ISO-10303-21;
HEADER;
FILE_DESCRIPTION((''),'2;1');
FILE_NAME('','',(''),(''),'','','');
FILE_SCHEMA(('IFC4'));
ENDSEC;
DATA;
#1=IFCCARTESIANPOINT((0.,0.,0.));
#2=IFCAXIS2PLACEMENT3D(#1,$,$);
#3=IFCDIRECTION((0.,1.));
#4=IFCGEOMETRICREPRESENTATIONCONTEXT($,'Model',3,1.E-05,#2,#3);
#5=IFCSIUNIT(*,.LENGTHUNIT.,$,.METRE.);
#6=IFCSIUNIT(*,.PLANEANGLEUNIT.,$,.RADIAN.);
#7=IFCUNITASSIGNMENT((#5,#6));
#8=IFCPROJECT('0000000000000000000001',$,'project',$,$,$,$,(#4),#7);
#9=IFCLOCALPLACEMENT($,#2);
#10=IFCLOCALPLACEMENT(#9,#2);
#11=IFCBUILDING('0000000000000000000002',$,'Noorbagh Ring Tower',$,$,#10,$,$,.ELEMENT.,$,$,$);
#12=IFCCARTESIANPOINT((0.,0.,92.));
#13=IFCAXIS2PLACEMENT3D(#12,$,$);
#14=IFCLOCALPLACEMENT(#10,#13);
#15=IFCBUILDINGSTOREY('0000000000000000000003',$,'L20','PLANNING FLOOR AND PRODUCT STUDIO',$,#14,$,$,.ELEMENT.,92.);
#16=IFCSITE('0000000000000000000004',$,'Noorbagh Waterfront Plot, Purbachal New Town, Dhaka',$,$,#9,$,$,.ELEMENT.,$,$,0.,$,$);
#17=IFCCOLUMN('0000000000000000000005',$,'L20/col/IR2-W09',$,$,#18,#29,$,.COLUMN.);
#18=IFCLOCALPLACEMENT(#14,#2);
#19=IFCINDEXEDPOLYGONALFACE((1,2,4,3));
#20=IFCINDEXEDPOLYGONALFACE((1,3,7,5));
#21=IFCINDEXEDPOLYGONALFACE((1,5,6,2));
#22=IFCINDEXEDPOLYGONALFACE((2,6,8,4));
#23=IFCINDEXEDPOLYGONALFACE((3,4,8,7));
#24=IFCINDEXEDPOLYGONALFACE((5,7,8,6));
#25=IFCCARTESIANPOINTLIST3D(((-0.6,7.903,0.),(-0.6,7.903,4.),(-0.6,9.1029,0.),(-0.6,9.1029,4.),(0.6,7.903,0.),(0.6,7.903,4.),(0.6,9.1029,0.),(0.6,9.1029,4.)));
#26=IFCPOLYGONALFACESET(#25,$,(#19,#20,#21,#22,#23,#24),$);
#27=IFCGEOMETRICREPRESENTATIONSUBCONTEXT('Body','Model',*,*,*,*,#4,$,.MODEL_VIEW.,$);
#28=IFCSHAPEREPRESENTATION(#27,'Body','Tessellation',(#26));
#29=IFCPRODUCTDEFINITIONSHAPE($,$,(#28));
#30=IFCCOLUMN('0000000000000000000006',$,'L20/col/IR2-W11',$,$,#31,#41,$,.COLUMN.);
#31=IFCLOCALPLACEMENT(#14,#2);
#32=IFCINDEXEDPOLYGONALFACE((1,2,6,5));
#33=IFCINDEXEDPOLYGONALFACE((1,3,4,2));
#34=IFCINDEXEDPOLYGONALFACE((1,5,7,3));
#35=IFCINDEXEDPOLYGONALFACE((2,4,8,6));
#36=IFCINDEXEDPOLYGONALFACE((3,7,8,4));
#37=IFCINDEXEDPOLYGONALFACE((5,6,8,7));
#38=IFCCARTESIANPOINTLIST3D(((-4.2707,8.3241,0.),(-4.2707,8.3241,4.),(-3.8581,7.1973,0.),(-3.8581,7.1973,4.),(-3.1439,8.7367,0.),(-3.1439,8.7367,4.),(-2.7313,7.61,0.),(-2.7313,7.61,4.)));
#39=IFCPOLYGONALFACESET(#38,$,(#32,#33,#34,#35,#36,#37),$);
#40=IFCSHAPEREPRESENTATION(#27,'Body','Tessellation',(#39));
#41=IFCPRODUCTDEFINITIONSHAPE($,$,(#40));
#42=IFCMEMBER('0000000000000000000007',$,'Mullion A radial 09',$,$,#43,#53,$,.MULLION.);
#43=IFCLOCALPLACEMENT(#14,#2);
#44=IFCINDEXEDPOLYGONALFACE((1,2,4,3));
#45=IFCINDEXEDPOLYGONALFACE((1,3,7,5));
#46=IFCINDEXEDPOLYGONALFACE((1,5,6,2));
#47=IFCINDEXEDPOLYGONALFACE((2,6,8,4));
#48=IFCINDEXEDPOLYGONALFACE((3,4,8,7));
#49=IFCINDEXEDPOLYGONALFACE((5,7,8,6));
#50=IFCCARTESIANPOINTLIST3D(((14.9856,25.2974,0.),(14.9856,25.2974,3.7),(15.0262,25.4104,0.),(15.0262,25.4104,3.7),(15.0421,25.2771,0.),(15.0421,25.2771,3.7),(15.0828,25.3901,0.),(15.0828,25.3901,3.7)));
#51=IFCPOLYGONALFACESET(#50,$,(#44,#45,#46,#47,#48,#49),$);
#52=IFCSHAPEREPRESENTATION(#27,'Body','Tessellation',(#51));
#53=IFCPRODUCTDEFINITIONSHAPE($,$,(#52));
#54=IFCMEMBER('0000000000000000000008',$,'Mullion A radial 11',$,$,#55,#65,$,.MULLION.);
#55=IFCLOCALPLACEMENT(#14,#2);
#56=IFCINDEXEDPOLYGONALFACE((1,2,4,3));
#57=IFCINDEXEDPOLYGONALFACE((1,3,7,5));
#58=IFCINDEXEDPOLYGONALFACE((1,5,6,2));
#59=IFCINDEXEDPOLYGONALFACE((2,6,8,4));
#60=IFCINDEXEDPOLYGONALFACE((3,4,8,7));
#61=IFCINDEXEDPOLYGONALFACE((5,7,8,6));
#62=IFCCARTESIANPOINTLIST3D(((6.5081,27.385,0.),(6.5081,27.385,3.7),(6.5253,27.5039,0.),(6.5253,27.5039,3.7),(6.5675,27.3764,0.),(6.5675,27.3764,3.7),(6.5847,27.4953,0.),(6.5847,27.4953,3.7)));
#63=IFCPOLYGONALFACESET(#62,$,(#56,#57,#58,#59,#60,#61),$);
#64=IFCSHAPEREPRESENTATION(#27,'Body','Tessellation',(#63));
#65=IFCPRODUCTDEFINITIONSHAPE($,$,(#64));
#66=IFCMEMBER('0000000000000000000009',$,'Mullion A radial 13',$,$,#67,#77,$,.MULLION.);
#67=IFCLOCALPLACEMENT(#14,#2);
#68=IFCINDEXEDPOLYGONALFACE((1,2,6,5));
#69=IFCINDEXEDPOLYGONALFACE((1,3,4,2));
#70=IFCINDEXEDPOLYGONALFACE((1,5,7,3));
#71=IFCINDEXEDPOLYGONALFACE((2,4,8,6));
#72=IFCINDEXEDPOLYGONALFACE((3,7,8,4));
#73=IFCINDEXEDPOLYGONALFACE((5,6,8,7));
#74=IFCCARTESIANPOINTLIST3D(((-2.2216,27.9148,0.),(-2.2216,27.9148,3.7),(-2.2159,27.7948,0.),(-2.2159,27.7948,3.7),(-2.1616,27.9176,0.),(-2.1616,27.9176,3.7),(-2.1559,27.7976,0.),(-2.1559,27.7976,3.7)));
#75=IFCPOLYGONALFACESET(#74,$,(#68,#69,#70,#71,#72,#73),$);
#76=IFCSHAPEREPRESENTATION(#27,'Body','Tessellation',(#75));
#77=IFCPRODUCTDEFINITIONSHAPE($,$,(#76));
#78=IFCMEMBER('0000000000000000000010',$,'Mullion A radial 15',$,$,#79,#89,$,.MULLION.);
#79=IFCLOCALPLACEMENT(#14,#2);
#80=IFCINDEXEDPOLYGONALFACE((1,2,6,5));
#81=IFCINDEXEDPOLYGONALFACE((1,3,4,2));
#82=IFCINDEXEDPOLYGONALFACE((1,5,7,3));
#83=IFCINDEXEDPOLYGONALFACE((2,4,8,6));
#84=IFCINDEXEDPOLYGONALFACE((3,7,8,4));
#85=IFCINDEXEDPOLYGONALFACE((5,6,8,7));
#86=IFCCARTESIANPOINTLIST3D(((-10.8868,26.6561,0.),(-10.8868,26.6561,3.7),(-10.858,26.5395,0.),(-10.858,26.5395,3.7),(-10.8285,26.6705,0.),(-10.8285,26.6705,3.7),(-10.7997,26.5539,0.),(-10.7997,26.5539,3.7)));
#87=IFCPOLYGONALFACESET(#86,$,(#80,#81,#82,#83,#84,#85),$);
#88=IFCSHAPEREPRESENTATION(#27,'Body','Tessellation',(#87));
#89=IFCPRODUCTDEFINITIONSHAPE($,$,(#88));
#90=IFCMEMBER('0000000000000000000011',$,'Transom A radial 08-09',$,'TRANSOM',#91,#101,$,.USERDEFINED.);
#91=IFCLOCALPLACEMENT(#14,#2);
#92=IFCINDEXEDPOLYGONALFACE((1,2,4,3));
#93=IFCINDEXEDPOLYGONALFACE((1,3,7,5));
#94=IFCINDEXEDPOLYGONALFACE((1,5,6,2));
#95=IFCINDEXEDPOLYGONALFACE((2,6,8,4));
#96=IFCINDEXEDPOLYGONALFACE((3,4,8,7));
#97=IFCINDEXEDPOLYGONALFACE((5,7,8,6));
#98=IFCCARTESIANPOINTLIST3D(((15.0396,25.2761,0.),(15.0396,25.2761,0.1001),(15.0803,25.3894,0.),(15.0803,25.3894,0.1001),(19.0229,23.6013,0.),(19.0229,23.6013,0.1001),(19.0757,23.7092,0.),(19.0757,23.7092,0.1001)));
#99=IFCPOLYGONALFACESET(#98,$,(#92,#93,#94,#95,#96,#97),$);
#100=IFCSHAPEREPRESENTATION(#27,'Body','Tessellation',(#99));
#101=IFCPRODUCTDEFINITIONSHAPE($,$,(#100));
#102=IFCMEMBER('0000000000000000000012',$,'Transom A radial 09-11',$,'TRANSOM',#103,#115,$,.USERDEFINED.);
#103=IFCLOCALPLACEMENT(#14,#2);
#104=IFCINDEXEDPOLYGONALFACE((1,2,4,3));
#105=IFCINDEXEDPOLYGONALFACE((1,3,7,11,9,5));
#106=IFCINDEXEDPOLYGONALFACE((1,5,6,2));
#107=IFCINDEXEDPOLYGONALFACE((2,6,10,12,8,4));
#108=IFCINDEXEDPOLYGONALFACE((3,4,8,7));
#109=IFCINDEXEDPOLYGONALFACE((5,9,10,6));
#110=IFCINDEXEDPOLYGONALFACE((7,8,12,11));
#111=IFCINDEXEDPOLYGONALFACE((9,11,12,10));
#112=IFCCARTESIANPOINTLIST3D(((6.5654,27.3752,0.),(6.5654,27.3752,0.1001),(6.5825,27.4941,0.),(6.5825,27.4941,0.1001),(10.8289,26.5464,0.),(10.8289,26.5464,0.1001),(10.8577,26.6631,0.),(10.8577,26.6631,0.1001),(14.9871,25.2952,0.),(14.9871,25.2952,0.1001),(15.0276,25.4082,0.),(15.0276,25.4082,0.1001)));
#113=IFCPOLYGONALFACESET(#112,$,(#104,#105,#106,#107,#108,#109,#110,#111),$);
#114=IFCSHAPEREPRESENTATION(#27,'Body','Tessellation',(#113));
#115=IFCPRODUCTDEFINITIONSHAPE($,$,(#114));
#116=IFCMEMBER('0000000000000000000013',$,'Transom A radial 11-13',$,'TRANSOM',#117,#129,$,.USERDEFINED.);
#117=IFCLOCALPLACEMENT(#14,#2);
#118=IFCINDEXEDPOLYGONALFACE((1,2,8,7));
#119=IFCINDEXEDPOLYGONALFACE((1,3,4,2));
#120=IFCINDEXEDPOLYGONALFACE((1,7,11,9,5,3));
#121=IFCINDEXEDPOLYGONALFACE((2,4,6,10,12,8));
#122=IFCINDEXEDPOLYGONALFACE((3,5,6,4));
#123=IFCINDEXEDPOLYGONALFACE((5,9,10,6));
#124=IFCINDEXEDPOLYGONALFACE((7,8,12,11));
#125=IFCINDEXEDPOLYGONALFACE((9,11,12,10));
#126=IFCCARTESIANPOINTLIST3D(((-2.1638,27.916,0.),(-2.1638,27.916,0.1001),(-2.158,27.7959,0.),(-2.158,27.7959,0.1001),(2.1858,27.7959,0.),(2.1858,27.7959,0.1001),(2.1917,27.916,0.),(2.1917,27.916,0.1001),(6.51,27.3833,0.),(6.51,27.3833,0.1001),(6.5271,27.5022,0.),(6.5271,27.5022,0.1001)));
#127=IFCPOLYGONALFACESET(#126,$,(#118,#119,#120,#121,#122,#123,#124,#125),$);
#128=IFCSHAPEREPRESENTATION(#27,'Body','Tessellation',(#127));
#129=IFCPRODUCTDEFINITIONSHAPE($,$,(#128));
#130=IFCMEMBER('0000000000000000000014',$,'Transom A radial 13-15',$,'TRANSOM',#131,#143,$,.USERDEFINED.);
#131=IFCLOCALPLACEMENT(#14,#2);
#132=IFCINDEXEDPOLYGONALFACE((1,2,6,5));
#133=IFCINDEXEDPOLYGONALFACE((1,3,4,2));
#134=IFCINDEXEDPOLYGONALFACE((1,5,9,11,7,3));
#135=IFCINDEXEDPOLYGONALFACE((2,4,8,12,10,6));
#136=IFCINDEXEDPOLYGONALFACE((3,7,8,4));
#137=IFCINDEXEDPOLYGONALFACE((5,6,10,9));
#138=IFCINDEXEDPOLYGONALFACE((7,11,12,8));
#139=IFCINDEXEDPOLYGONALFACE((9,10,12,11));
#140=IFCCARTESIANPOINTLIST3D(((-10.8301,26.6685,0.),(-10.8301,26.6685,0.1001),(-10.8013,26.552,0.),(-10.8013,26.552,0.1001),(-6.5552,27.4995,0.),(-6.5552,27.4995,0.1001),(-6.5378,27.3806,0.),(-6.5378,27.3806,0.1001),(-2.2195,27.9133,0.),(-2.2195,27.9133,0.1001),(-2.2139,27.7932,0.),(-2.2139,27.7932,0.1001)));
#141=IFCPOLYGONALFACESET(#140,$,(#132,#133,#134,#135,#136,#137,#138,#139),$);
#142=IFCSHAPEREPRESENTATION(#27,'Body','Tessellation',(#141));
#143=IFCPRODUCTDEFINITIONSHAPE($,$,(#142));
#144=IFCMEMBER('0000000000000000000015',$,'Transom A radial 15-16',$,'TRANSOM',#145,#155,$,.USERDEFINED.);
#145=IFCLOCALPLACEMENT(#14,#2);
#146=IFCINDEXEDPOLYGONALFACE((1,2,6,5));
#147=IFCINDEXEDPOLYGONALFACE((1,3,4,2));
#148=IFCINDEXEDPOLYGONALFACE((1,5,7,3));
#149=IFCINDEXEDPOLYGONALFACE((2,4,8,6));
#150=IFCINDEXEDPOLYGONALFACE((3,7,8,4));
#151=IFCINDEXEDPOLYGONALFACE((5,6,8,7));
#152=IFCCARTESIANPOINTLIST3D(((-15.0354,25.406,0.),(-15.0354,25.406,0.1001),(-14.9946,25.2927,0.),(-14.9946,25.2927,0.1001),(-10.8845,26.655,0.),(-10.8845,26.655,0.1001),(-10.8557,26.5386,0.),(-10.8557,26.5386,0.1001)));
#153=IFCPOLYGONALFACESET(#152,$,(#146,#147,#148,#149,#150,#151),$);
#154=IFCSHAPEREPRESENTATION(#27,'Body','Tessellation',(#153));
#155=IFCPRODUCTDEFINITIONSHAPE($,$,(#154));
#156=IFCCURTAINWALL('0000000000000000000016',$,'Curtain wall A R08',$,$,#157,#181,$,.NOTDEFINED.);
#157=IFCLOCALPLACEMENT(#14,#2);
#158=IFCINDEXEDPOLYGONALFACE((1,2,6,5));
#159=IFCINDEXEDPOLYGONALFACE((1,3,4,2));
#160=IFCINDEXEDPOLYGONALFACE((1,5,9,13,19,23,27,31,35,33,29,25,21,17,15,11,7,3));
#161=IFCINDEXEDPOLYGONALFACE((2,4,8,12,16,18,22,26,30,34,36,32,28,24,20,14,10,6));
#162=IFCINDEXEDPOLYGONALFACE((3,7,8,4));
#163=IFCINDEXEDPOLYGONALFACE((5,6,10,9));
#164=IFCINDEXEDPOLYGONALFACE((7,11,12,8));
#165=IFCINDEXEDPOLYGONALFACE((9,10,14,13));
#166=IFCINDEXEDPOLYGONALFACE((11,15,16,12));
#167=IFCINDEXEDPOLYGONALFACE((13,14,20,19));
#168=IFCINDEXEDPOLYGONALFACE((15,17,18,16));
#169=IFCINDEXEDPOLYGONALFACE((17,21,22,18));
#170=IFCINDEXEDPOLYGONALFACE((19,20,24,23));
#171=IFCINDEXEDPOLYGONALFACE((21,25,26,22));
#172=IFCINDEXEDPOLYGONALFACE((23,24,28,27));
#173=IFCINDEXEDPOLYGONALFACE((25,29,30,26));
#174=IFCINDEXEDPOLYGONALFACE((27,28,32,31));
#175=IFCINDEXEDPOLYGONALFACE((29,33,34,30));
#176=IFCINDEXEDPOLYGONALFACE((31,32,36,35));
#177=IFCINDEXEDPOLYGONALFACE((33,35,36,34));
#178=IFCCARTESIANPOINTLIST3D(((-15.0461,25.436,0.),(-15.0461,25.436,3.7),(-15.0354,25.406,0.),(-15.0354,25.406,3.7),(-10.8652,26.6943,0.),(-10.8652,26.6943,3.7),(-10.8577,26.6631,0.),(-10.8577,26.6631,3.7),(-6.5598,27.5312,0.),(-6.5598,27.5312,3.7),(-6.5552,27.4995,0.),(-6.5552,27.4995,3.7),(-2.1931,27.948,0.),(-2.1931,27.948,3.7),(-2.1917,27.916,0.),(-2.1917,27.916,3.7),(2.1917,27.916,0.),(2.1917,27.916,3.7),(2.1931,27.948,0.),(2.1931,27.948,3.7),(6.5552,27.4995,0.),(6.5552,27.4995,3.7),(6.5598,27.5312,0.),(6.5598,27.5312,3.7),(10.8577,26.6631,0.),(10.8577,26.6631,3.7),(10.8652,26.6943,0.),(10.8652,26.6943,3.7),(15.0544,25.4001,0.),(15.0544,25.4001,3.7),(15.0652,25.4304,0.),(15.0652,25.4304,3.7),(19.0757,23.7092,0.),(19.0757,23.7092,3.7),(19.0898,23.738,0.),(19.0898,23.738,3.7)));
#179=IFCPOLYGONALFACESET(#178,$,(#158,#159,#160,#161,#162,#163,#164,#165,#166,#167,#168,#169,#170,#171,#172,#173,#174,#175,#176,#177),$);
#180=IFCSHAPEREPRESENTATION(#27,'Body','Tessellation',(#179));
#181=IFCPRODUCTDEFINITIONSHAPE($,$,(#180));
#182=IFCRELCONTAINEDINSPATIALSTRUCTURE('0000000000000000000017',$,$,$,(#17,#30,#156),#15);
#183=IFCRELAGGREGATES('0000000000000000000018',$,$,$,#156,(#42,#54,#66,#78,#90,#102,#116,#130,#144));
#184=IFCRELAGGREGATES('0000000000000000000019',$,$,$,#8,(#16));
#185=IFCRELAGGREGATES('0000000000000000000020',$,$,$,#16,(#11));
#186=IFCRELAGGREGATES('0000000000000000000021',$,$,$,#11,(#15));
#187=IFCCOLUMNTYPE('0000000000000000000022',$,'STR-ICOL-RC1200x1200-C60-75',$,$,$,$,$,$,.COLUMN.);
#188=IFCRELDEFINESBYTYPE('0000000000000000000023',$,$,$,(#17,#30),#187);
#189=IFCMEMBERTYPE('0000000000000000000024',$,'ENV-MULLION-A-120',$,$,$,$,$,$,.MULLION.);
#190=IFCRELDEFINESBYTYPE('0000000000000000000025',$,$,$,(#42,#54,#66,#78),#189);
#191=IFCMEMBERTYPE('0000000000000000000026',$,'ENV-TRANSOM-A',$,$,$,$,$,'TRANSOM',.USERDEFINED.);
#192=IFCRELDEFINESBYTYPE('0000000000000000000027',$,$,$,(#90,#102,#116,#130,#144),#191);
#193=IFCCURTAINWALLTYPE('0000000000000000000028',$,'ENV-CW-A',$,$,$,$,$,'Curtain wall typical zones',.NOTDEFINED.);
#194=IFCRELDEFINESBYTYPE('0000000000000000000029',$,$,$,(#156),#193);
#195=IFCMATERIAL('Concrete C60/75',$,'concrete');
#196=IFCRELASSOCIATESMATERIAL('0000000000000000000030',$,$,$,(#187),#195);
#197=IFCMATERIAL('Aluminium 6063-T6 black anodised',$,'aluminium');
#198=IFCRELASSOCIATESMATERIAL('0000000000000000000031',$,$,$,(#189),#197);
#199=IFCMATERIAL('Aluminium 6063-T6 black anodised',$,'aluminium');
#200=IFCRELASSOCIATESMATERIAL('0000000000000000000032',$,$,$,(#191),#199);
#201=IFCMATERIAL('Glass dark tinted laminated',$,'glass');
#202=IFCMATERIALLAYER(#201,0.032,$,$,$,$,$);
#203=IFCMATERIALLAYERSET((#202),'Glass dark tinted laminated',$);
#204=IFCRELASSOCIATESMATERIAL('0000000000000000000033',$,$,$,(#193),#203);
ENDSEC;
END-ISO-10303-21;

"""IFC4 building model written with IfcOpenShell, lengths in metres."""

from ifc_helpers import new_model, si_unit, direction, frame, origin, origin_2d, place, context, subcontext, project, spatial, polyline, rectangle, outline, extrude, material, layer, layer_set, material_profile, profile_set, type_object, element, aggregate, save


model = new_model("IFC4")

# Units and contexts
model_context = context("Model", 3, precision=1e-05, world=origin(), true_north=direction((0.0, 1.0)))
body_context = subcontext(model_context, "Body", "Model", "MODEL_VIEW")
ifc_project = project(units=[si_unit("LENGTHUNIT", "METRE"), si_unit("PLANEANGLEUNIT", "RADIAN")], contexts=[model_context])

# Site, building, storey
site_placement = place(None, origin())
site = spatial("IfcSite", under=ifc_project, at=site_placement, Name="Noorbagh Waterfront Plot, Purbachal New Town, Dhaka", CompositionType="ELEMENT", RefElevation=0.0)
building_placement = place(site_placement, origin())
building = spatial("IfcBuilding", under=site, at=building_placement, Name="Noorbagh Ring Tower", CompositionType="ELEMENT")
storey_placement = place(building_placement, frame((0.0, 0.0, 92.0)))
storey = spatial("IfcBuildingStorey", under=building, at=storey_placement, Name="L20", Description="PLANNING FLOOR AND PRODUCT STUDIO", CompositionType="ELEMENT", Elevation=92.0)

# Columns
ifc_material_1 = material(Name="Concrete C60/75", Category="concrete")
ifc_material_profile_1 = material_profile(ifc_material_1, rectangle(XDim=1.2, YDim=1.2, at=origin_2d()), Name="RC1200x1200")
ifc_profile_set_1 = profile_set([ifc_material_profile_1], Name="Concrete C60/75")
column_type = type_object("IfcColumnType", Name="STR-ICOL-RC1200x1200-C60-75", PredefinedType="COLUMN", material=ifc_profile_set_1)
for number, where, z_axis, x_axis, name in (
    (1, (0.0, 8.5029, 0.0), (0.0, 0.0, 1.0), (-1.0, 0.0, 0.0), "L20/col/IR2-W09"),
    (2, (-3.501, 7.967, 0.0), (0.0, 0.0, 1.0), (-0.93902, -0.343864, 0.0), "L20/col/IR2-W11"),
):
    element("IfcColumn", number, at=place(storey_placement, frame(where, z_axis=z_axis, x_axis=x_axis)), inside=storey, type_object=column_type, Name=name, PredefinedType="COLUMN", context=body_context, shape_type="SweptSolid", body=[
        extrude(rectangle(XDim=1.2, YDim=1.2, at=origin_2d()), origin(), (0.0, 0.0, 1.0), 4.0),
    ])

# Members
ifc_material_2 = material(Name="Aluminium 6063-T6 black anodised", Category="aluminium")
ifc_material_profile_2 = material_profile(ifc_material_2, rectangle(XDim=0.1201, YDim=0.0601, at=origin_2d()), Name="120x60")
ifc_profile_set_2 = profile_set([ifc_material_profile_2], Name="Aluminium 6063-T6 black anodised")
member_type_1 = type_object("IfcMemberType", Name="ENV-MULLION-A-120", PredefinedType="MULLION", material=ifc_profile_set_2)
member_1_placement = place(storey_placement, frame((15.0342, 25.3438, 0.0), z_axis=(0.0, 0.0, 1.0), x_axis=(-0.338379, -0.94101, 0.0)))
member_1 = element("IfcMember", 3, at=member_1_placement, type_object=member_type_1, Name="Mullion A radial 09", PredefinedType="MULLION", context=body_context, shape_type="SweptSolid", body=[
    extrude(rectangle(XDim=0.1201, YDim=0.0601, at=origin_2d()), origin(), (0.0, 0.0, 1.0), 3.7),
])
member_2_placement = place(storey_placement, frame((6.5464, 27.4402, 0.0), z_axis=(0.0, 0.0, 1.0), x_axis=(-0.143082, -0.989711, 0.0)))
member_2 = element("IfcMember", 4, at=member_2_placement, type_object=member_type_1, Name="Mullion A radial 11", PredefinedType="MULLION", context=body_context, shape_type="SweptSolid", body=[
    extrude(rectangle(XDim=0.1201, YDim=0.0601, at=origin_2d()), origin(), (0.0, 0.0, 1.0), 3.7),
])
member_3_placement = place(storey_placement, frame((-2.1887, 27.8562, 0.0), z_axis=(0.0, 0.0, 1.0), x_axis=(0.047558, -0.998868, 0.0)))
member_3 = element("IfcMember", 5, at=member_3_placement, type_object=member_type_1, Name="Mullion A radial 13", PredefinedType="MULLION", context=body_context, shape_type="SweptSolid", body=[
    extrude(rectangle(XDim=0.1201, YDim=0.0601, at=origin_2d()), origin(), (0.0, 0.0, 1.0), 3.7),
])
member_4_placement = place(storey_placement, frame((-10.8433, 26.605, 0.0), z_axis=(0.0, 0.0, 1.0), x_axis=(0.239799, -0.970823, 0.0)))
member_4 = element("IfcMember", 6, at=member_4_placement, type_object=member_type_1, Name="Mullion A radial 15", PredefinedType="MULLION", context=body_context, shape_type="SweptSolid", body=[
    extrude(rectangle(XDim=0.1201, YDim=0.0601, at=origin_2d()), origin(), (0.0, 0.0, 1.0), 3.7),
])
ifc_material_3 = material(Name="Aluminium 6063-T6 black anodised", Category="aluminium")
member_type_2 = type_object("IfcMemberType", Name="ENV-TRANSOM-A", ElementType="TRANSOM", PredefinedType="USERDEFINED", material=ifc_material_3)
member_5_placement = place(storey_placement, origin())
member_5 = element("IfcMember", 7, at=member_5_placement, type_object=member_type_2, Name="Transom A radial 08-09", ObjectType="TRANSOM", PredefinedType="USERDEFINED", context=body_context, shape_type="SweptSolid", body=[
    extrude(outline(polyline([(19.0757, 23.7092), (15.0803, 25.3894), (15.0396, 25.2761), (19.0229, 23.6013), (19.0757, 23.7092)])), origin(), (0.0, 0.0, 1.0), 0.1001),
])
member_6_placement = place(storey_placement, origin())
member_6 = element("IfcMember", 8, at=member_6_placement, type_object=member_type_2, Name="Transom A radial 09-11", ObjectType="TRANSOM", PredefinedType="USERDEFINED", context=body_context, shape_type="SweptSolid", body=[
    extrude(outline(polyline([(15.0276, 25.4082), (10.8577, 26.6631), (6.5825, 27.4941), (6.5654, 27.3752), (10.8289, 26.5464), (14.9871, 25.2952), (15.0276, 25.4082)])), origin(), (0.0, 0.0, 1.0), 0.1001),
])
member_7_placement = place(storey_placement, origin())
member_7 = element("IfcMember", 9, at=member_7_placement, type_object=member_type_2, Name="Transom A radial 11-13", ObjectType="TRANSOM", PredefinedType="USERDEFINED", context=body_context, shape_type="SweptSolid", body=[
    extrude(outline(polyline([(6.5271, 27.5022), (2.1917, 27.916), (-2.1638, 27.916), (-2.158, 27.7959), (2.1858, 27.7959), (6.51, 27.3833), (6.5271, 27.5022)])), origin(), (0.0, 0.0, 1.0), 0.1001),
])
member_8_placement = place(storey_placement, origin())
member_8 = element("IfcMember", 10, at=member_8_placement, type_object=member_type_2, Name="Transom A radial 13-15", ObjectType="TRANSOM", PredefinedType="USERDEFINED", context=body_context, shape_type="SweptSolid", body=[
    extrude(outline(polyline([(-2.2195, 27.9133), (-6.5552, 27.4995), (-10.8301, 26.6685), (-10.8013, 26.552), (-6.5378, 27.3806), (-2.2139, 27.7932), (-2.2195, 27.9133)])), origin(), (0.0, 0.0, 1.0), 0.1001),
])
member_9_placement = place(storey_placement, origin())
member_9 = element("IfcMember", 11, at=member_9_placement, type_object=member_type_2, Name="Transom A radial 15-16", ObjectType="TRANSOM", PredefinedType="USERDEFINED", context=body_context, shape_type="SweptSolid", body=[
    extrude(outline(polyline([(-10.8845, 26.655), (-15.0354, 25.406), (-14.9946, 25.2927), (-10.8557, 26.5386), (-10.8845, 26.655)])), origin(), (0.0, 0.0, 1.0), 0.1001),
])

# Curtain wall
ifc_material_4 = material(Name="Glass dark tinted laminated", Category="glass")
ifc_layer_1 = layer(ifc_material_4, 0.032)
ifc_layer_set_1 = layer_set([ifc_layer_1], Name="Glass dark tinted laminated")
curtain_wall_type = type_object("IfcCurtainWallType", Name="ENV-CW-A", ElementType="Curtain wall typical zones", PredefinedType="NOTDEFINED", material=ifc_layer_set_1)
curtain_wall_placement = place(storey_placement, origin())
curtain_wall = element("IfcCurtainWall", 12, at=curtain_wall_placement, inside=storey, type_object=curtain_wall_type, Name="Curtain wall A R08", PredefinedType="NOTDEFINED", context=body_context, shape_type="SweptSolid", body=[
    extrude(outline(polyline([(19.0898, 23.738), (15.0652, 25.4304), (10.8652, 26.6943), (6.5598, 27.5312), (2.1931, 27.948), (-2.1931, 27.948), (-6.5598, 27.5312), (-10.8652, 26.6943), (-15.0461, 25.436), (-15.0354, 25.406), (-10.8577, 26.6631), (-6.5552, 27.4995), (-2.1917, 27.916), (2.1917, 27.916), (6.5552, 27.4995), (10.8577, 26.6631), (15.0544, 25.4001), (19.0757, 23.7092), (19.0898, 23.738)])), origin(), (0.0, 0.0, 1.0), 3.7),
])
aggregate(curtain_wall, [member_1, member_2, member_3, member_4, member_5, member_6, member_7, member_8, member_9])

save(model, "model.ifc")
